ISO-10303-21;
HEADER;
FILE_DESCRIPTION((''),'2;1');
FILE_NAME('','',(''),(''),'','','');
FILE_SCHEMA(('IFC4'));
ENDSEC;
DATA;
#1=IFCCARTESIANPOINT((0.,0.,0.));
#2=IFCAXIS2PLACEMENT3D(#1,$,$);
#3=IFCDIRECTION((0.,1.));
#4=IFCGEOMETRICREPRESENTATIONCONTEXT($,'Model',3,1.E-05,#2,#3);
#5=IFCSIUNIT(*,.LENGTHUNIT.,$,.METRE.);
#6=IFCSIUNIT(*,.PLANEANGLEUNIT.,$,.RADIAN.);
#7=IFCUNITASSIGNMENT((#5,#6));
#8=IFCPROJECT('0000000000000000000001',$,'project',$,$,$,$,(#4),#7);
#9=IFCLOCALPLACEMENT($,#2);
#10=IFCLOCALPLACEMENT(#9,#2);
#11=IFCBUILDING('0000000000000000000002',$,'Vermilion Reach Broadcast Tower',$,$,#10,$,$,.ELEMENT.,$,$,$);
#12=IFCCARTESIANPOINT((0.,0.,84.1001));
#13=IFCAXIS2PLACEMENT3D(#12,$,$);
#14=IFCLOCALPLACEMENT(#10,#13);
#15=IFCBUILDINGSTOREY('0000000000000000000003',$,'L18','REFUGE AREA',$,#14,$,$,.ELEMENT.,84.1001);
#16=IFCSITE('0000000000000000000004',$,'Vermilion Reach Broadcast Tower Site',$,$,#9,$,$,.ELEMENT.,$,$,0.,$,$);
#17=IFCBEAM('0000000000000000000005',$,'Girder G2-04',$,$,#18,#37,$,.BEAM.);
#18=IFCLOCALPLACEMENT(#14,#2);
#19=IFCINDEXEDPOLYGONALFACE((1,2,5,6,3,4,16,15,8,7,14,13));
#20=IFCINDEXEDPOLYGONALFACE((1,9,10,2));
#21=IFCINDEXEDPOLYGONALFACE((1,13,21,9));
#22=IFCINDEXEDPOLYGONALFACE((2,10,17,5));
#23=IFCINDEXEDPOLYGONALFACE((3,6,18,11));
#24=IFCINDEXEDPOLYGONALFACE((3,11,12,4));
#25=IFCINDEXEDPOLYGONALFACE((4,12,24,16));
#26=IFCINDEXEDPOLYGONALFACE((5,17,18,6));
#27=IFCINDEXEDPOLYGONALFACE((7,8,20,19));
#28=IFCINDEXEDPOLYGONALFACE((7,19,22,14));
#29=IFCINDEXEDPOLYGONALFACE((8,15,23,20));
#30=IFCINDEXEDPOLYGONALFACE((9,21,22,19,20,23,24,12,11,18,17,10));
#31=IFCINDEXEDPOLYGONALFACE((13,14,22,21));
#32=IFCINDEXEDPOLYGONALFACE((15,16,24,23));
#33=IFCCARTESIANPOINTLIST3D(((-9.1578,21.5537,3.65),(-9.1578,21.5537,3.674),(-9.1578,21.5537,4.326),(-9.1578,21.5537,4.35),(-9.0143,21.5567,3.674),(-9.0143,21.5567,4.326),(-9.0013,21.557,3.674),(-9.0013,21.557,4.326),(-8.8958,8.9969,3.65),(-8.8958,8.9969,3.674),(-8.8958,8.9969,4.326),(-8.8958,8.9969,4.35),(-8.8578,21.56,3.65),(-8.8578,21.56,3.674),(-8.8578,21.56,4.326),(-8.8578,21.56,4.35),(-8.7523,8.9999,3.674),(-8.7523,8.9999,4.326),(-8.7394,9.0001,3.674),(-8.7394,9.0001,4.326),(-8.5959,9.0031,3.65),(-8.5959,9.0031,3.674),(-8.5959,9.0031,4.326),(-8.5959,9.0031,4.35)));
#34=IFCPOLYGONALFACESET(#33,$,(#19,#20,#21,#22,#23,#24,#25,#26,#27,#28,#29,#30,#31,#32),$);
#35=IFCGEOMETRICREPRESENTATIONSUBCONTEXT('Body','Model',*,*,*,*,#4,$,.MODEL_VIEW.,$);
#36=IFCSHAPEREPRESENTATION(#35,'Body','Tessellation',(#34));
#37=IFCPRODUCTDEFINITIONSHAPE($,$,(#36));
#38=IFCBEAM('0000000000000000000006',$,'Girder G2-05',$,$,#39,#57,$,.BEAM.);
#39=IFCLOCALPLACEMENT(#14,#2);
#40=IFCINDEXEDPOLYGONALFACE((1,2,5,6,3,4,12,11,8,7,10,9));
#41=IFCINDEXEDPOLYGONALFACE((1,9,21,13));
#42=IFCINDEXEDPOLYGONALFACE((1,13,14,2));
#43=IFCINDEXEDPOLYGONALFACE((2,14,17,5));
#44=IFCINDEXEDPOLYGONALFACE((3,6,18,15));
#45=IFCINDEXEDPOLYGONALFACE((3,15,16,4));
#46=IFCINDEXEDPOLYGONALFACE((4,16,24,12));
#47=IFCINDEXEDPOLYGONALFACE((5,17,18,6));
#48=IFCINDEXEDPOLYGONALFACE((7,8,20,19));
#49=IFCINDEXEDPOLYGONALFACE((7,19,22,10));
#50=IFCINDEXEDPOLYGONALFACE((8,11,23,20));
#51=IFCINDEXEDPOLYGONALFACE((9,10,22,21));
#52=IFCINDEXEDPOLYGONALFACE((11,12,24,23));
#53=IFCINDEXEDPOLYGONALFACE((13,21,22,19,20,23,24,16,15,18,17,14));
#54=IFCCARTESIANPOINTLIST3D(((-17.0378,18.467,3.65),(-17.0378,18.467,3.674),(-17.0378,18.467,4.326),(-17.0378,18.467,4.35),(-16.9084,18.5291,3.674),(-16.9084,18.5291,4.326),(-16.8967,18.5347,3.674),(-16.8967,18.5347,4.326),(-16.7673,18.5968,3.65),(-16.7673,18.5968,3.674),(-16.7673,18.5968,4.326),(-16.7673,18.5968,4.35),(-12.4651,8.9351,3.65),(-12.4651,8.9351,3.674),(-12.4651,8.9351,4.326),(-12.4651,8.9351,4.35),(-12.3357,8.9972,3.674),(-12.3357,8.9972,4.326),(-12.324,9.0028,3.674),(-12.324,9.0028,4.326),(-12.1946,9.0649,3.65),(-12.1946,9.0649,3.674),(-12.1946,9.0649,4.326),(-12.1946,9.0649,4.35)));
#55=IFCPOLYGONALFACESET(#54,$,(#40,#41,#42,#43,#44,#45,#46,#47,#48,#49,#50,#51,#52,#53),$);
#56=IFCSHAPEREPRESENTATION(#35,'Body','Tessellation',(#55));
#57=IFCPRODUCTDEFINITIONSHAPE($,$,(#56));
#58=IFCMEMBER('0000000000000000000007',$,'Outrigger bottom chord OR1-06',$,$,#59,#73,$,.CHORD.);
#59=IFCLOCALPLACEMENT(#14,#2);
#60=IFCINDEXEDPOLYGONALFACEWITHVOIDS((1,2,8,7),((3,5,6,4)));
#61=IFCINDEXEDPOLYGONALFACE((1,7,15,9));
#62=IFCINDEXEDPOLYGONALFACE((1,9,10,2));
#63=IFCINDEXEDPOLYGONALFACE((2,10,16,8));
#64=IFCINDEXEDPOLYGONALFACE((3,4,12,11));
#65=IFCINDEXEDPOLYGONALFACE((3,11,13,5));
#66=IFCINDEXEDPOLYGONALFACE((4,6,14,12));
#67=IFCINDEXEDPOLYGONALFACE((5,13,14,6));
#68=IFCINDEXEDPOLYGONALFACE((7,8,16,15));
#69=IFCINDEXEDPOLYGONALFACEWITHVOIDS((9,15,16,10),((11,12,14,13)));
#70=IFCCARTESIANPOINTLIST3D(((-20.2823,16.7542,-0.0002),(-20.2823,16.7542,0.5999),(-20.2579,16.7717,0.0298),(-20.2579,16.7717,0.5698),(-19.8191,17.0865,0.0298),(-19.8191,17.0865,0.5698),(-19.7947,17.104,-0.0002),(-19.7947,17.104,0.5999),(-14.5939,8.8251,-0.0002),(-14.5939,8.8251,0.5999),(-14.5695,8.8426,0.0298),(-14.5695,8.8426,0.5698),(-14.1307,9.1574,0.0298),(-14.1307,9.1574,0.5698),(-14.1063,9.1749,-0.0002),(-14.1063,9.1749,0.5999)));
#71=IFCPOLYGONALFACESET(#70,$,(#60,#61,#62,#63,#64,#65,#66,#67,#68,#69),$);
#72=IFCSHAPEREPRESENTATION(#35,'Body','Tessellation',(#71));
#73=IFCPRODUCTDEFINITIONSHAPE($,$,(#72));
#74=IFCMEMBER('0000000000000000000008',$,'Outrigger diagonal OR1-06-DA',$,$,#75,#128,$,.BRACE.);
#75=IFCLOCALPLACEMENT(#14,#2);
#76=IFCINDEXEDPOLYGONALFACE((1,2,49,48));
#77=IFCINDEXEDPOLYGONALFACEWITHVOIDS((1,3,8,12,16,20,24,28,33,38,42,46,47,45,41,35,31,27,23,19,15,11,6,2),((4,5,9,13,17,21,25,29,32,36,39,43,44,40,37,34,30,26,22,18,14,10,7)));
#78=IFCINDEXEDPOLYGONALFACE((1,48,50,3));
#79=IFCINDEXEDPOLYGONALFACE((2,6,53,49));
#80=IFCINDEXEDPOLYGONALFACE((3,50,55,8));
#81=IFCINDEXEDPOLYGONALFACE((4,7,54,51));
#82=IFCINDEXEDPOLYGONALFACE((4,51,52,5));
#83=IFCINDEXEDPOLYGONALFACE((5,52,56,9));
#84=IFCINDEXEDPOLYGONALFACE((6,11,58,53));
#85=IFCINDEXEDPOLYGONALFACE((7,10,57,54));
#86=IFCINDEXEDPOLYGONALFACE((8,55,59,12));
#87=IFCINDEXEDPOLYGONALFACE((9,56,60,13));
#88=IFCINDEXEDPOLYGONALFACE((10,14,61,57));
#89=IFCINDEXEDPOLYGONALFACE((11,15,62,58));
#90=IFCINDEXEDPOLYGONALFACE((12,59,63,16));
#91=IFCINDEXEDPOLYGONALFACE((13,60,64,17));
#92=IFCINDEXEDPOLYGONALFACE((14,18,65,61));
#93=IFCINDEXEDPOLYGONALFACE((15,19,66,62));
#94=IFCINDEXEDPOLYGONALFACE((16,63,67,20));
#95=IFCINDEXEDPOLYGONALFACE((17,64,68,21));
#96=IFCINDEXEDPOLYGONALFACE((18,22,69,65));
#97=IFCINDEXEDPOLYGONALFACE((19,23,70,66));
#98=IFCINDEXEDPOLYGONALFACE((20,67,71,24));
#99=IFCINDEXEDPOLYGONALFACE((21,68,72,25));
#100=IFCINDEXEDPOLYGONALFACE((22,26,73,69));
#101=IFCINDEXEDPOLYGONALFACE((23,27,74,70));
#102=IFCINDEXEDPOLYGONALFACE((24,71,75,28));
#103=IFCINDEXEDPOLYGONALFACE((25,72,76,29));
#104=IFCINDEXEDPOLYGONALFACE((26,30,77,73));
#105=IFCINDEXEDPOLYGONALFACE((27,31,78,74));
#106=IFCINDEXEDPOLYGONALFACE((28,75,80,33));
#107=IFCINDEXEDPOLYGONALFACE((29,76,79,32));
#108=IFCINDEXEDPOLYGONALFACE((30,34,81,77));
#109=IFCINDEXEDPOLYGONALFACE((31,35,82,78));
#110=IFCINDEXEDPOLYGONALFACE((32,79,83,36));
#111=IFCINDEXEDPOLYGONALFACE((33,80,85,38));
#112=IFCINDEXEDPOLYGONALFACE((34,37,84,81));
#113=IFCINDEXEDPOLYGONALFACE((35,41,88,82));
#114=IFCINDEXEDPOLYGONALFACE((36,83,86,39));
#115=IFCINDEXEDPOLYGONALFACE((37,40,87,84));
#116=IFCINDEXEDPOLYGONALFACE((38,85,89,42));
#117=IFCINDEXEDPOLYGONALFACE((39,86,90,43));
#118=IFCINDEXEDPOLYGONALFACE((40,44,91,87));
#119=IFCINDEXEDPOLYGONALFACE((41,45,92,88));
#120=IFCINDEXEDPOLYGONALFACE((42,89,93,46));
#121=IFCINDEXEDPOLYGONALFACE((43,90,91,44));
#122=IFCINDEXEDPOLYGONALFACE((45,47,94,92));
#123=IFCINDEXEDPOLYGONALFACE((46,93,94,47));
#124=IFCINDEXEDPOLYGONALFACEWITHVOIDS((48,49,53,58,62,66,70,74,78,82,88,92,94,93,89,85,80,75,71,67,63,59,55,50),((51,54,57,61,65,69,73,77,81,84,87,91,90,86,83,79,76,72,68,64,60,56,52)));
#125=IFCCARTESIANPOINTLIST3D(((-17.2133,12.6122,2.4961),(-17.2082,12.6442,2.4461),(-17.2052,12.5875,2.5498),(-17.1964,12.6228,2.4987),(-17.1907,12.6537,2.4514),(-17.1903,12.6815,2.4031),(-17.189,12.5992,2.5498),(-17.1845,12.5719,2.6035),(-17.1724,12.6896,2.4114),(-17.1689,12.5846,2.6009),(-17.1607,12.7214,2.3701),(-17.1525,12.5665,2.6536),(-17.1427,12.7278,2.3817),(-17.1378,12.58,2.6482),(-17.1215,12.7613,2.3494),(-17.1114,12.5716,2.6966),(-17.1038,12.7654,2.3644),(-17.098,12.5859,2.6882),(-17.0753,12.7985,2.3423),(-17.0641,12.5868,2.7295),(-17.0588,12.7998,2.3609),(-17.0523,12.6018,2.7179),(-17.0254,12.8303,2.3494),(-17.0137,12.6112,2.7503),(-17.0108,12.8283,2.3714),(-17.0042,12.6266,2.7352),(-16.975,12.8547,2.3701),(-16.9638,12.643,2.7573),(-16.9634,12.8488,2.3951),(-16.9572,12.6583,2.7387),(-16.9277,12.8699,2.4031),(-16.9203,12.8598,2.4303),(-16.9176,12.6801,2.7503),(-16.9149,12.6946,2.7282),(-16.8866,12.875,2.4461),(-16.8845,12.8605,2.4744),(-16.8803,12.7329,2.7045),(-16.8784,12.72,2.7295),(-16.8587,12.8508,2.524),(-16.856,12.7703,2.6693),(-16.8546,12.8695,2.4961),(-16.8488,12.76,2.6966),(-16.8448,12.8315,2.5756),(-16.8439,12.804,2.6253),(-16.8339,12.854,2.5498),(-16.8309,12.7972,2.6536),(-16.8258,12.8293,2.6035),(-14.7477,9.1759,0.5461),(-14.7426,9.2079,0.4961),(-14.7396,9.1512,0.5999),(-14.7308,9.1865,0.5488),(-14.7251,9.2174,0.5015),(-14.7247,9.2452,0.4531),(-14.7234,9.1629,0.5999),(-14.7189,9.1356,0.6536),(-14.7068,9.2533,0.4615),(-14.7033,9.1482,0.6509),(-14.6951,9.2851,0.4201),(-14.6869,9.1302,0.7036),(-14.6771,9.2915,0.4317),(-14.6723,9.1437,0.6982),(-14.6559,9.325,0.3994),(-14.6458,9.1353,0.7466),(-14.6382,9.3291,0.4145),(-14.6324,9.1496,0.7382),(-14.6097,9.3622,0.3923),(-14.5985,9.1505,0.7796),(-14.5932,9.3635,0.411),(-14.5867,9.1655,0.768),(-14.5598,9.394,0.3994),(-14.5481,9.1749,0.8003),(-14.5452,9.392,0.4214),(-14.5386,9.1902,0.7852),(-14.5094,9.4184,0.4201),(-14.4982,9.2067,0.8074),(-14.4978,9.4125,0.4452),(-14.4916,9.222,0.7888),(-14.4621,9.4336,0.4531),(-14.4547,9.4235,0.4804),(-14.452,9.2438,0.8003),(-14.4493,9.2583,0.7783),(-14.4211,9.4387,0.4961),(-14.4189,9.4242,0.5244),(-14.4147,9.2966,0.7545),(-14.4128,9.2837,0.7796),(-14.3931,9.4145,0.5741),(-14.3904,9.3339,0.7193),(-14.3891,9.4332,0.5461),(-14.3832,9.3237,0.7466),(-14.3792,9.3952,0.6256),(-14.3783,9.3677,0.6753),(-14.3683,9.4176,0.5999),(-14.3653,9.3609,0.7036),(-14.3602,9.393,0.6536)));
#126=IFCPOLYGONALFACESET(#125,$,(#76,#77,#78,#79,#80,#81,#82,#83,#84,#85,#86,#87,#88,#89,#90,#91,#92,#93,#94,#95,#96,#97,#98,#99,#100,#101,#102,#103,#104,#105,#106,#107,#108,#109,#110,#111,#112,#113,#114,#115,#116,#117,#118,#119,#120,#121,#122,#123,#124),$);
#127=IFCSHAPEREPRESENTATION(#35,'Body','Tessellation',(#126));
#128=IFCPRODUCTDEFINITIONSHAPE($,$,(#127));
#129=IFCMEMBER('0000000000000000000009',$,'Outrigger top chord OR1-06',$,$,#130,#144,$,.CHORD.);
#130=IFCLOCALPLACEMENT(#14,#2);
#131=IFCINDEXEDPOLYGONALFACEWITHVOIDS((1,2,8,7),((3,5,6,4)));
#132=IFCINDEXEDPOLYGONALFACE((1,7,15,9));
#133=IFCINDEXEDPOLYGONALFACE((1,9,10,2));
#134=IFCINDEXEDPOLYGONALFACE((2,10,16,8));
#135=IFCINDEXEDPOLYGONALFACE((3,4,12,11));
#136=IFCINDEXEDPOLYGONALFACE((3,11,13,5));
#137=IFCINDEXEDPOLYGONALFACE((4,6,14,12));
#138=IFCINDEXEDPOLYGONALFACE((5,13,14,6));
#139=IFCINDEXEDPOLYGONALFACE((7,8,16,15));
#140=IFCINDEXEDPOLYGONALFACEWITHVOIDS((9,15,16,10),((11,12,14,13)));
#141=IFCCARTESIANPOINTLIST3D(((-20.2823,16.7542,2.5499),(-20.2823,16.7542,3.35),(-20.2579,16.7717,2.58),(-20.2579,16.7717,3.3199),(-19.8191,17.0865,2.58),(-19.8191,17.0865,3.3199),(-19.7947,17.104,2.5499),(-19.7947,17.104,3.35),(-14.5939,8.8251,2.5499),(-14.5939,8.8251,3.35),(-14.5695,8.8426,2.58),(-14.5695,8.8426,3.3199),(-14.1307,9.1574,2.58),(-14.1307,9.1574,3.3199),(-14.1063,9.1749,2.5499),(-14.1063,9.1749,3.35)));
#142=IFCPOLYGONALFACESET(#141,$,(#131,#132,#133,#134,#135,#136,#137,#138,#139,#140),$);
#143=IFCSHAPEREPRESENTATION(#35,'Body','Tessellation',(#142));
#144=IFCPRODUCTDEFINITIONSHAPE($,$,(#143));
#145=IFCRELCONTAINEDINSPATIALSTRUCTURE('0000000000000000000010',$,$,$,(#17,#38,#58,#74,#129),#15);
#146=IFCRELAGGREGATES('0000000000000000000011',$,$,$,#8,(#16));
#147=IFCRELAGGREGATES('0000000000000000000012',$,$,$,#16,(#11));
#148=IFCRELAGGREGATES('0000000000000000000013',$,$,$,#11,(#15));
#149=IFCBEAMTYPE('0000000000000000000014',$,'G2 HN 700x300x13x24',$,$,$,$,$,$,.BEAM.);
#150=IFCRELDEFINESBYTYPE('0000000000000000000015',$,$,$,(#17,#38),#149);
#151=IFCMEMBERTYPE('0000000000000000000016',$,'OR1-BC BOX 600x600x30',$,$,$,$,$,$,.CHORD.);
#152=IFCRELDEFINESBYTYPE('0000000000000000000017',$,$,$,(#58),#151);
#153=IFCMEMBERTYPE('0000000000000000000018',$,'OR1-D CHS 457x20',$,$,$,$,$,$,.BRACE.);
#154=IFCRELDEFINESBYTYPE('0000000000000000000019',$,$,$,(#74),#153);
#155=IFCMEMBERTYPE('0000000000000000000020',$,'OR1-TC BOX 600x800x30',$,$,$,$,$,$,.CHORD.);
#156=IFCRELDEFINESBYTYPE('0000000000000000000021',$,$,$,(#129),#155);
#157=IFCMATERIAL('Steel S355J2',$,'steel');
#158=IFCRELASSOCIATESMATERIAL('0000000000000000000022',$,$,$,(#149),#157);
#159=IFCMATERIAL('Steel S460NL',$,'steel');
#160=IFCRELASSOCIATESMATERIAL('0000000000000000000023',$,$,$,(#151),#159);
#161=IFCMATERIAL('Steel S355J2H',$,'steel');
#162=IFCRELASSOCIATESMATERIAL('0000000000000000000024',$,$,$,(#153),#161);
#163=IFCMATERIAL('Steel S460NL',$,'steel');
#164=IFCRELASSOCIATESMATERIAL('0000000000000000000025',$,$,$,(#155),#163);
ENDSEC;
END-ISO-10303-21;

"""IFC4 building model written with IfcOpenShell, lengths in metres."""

from ifc_helpers import new_model, si_unit, direction, frame, origin, origin_2d, place, context, subcontext, project, spatial, hollow_rectangle, hollow_circle, i_section, extrude, material, material_profile, profile_set, type_object, element, save


model = new_model("IFC4")

# Units and contexts
model_context = context("Model", 3, precision=1e-05, world=origin(), true_north=direction((0.0, 1.0)))
body_context = subcontext(model_context, "Body", "Model", "MODEL_VIEW")
ifc_project = project(units=[si_unit("LENGTHUNIT", "METRE"), si_unit("PLANEANGLEUNIT", "RADIAN")], contexts=[model_context])

# Site, building, storey
site_placement = place(None, origin())
site = spatial("IfcSite", under=ifc_project, at=site_placement, Name="Vermilion Reach Broadcast Tower Site", CompositionType="ELEMENT", RefElevation=0.0)
building_placement = place(site_placement, origin())
building = spatial("IfcBuilding", under=site, at=building_placement, Name="Vermilion Reach Broadcast Tower", CompositionType="ELEMENT")
storey_placement = place(building_placement, frame((0.0, 0.0, 84.1001)))
storey = spatial("IfcBuildingStorey", under=building, at=storey_placement, Name="L18", Description="REFUGE AREA", CompositionType="ELEMENT", Elevation=84.1001)

# Beams
ifc_material_1 = material(Name="Steel S355J2", Category="steel")
ifc_material_profile_1 = material_profile(ifc_material_1, i_section(OverallWidth=0.3, OverallDepth=0.7, WebThickness=0.0129, FlangeThickness=0.0239, at=origin_2d()), Name="S355J2 HN 700x300x13x24")
ifc_profile_set_1 = profile_set([ifc_material_profile_1], Name="Steel S355J2")
beam_type = type_object("IfcBeamType", Name="G2 HN 700x300x13x24", PredefinedType="BEAM", material=ifc_profile_set_1)
beam_1_placement = place(storey_placement, frame((-8.7458, 9.0, 4.0), z_axis=(-0.020858, 0.999782, 0.0), x_axis=(-0.999782, -0.020858, 0.0)))
element("IfcBeam", 1, at=beam_1_placement, inside=storey, type_object=beam_type, Name="Girder G2-04", PredefinedType="BEAM", context=body_context, shape_type="SweptSolid", body=[
    extrude(i_section(OverallWidth=0.3, OverallDepth=0.7, WebThickness=0.0129, FlangeThickness=0.0239, at=origin_2d()), origin(), (0.0, 0.0, 1.0), 12.5596),
])
beam_2_placement = place(storey_placement, frame((-12.3298, 9.0, 4.0), z_axis=(-0.432531, 0.901619, 0.0), x_axis=(-0.901619, -0.432531, 0.0)))
element("IfcBeam", 2, at=beam_2_placement, inside=storey, type_object=beam_type, Name="Girder G2-05", PredefinedType="BEAM", context=body_context, shape_type="SweptSolid", body=[
    extrude(i_section(OverallWidth=0.3, OverallDepth=0.7, WebThickness=0.0129, FlangeThickness=0.0239, at=origin_2d()), origin(), (0.0, 0.0, 1.0), 10.572),
])

# Members
ifc_material_2 = material(Name="Steel S460NL", Category="steel")
ifc_material_profile_2 = material_profile(ifc_material_2, hollow_rectangle(XDim=0.6001, YDim=0.6001, WallThickness=0.03, at=origin_2d()), Name="S460NL BOX 600x600x30")
ifc_profile_set_2 = profile_set([ifc_material_profile_2], Name="Steel S460NL")
member_type_1 = type_object("IfcMemberType", Name="OR1-BC BOX 600x600x30", PredefinedType="CHORD", material=ifc_profile_set_2)
member_1_placement = place(storey_placement, frame((-14.3501, 9.0, 0.2998), z_axis=(-0.582917, 0.812532, 0.0), x_axis=(-0.812532, -0.582917, 0.0)))
element("IfcMember", 3, at=member_1_placement, inside=storey, type_object=member_type_1, Name="Outrigger bottom chord OR1-06", PredefinedType="CHORD", context=body_context, shape_type="SweptSolid", body=[
    extrude(hollow_rectangle(XDim=0.6001, YDim=0.6001, WallThickness=0.03, at=origin_2d()), origin(), (0.0, 0.0, 1.0), 9.7585),
])
ifc_material_3 = material(Name="Steel S355J2H", Category="steel")
ifc_material_profile_3 = material_profile(ifc_material_3, hollow_circle(Radius=0.2285, WallThickness=0.02, at=origin_2d()), Name="S355J2H CHS 457x20")
ifc_profile_set_3 = profile_set([ifc_material_profile_3], Name="Steel S355J2H")
member_type_2 = type_object("IfcMemberType", Name="OR1-D CHS 457x20", PredefinedType="BRACE", material=ifc_profile_set_3)
member_2_placement = place(storey_placement, frame((-14.554, 9.2844, 0.5999), z_axis=(-0.529413, 0.737844, 0.418697), x_axis=(-0.812491, -0.582973, 0.0)))
element("IfcMember", 4, at=member_2_placement, inside=storey, type_object=member_type_2, Name="Outrigger diagonal OR1-06-DA", PredefinedType="BRACE", context=body_context, shape_type="SweptSolid", body=[
    extrude(hollow_circle(Radius=0.2285, WallThickness=0.02, at=origin_2d()), origin(), (0.0, 0.0, 1.0), 4.6572),
])
ifc_material_4 = material(Name="Steel S460NL", Category="steel")
ifc_material_profile_4 = material_profile(ifc_material_4, hollow_rectangle(XDim=0.6001, YDim=0.8, WallThickness=0.03, at=origin_2d()), Name="S460NL BOX 600x800x30")
ifc_profile_set_4 = profile_set([ifc_material_profile_4], Name="Steel S460NL")
member_type_3 = type_object("IfcMemberType", Name="OR1-TC BOX 600x800x30", PredefinedType="CHORD", material=ifc_profile_set_4)
member_3_placement = place(storey_placement, frame((-14.3501, 9.0, 2.95), z_axis=(-0.582917, 0.812532, 0.0), x_axis=(-0.812532, -0.582917, 0.0)))
element("IfcMember", 5, at=member_3_placement, inside=storey, type_object=member_type_3, Name="Outrigger top chord OR1-06", PredefinedType="CHORD", context=body_context, shape_type="SweptSolid", body=[
    extrude(hollow_rectangle(XDim=0.6001, YDim=0.8, WallThickness=0.03, at=origin_2d()), origin(), (0.0, 0.0, 1.0), 9.7585),
])

save(model, "model.ifc")
